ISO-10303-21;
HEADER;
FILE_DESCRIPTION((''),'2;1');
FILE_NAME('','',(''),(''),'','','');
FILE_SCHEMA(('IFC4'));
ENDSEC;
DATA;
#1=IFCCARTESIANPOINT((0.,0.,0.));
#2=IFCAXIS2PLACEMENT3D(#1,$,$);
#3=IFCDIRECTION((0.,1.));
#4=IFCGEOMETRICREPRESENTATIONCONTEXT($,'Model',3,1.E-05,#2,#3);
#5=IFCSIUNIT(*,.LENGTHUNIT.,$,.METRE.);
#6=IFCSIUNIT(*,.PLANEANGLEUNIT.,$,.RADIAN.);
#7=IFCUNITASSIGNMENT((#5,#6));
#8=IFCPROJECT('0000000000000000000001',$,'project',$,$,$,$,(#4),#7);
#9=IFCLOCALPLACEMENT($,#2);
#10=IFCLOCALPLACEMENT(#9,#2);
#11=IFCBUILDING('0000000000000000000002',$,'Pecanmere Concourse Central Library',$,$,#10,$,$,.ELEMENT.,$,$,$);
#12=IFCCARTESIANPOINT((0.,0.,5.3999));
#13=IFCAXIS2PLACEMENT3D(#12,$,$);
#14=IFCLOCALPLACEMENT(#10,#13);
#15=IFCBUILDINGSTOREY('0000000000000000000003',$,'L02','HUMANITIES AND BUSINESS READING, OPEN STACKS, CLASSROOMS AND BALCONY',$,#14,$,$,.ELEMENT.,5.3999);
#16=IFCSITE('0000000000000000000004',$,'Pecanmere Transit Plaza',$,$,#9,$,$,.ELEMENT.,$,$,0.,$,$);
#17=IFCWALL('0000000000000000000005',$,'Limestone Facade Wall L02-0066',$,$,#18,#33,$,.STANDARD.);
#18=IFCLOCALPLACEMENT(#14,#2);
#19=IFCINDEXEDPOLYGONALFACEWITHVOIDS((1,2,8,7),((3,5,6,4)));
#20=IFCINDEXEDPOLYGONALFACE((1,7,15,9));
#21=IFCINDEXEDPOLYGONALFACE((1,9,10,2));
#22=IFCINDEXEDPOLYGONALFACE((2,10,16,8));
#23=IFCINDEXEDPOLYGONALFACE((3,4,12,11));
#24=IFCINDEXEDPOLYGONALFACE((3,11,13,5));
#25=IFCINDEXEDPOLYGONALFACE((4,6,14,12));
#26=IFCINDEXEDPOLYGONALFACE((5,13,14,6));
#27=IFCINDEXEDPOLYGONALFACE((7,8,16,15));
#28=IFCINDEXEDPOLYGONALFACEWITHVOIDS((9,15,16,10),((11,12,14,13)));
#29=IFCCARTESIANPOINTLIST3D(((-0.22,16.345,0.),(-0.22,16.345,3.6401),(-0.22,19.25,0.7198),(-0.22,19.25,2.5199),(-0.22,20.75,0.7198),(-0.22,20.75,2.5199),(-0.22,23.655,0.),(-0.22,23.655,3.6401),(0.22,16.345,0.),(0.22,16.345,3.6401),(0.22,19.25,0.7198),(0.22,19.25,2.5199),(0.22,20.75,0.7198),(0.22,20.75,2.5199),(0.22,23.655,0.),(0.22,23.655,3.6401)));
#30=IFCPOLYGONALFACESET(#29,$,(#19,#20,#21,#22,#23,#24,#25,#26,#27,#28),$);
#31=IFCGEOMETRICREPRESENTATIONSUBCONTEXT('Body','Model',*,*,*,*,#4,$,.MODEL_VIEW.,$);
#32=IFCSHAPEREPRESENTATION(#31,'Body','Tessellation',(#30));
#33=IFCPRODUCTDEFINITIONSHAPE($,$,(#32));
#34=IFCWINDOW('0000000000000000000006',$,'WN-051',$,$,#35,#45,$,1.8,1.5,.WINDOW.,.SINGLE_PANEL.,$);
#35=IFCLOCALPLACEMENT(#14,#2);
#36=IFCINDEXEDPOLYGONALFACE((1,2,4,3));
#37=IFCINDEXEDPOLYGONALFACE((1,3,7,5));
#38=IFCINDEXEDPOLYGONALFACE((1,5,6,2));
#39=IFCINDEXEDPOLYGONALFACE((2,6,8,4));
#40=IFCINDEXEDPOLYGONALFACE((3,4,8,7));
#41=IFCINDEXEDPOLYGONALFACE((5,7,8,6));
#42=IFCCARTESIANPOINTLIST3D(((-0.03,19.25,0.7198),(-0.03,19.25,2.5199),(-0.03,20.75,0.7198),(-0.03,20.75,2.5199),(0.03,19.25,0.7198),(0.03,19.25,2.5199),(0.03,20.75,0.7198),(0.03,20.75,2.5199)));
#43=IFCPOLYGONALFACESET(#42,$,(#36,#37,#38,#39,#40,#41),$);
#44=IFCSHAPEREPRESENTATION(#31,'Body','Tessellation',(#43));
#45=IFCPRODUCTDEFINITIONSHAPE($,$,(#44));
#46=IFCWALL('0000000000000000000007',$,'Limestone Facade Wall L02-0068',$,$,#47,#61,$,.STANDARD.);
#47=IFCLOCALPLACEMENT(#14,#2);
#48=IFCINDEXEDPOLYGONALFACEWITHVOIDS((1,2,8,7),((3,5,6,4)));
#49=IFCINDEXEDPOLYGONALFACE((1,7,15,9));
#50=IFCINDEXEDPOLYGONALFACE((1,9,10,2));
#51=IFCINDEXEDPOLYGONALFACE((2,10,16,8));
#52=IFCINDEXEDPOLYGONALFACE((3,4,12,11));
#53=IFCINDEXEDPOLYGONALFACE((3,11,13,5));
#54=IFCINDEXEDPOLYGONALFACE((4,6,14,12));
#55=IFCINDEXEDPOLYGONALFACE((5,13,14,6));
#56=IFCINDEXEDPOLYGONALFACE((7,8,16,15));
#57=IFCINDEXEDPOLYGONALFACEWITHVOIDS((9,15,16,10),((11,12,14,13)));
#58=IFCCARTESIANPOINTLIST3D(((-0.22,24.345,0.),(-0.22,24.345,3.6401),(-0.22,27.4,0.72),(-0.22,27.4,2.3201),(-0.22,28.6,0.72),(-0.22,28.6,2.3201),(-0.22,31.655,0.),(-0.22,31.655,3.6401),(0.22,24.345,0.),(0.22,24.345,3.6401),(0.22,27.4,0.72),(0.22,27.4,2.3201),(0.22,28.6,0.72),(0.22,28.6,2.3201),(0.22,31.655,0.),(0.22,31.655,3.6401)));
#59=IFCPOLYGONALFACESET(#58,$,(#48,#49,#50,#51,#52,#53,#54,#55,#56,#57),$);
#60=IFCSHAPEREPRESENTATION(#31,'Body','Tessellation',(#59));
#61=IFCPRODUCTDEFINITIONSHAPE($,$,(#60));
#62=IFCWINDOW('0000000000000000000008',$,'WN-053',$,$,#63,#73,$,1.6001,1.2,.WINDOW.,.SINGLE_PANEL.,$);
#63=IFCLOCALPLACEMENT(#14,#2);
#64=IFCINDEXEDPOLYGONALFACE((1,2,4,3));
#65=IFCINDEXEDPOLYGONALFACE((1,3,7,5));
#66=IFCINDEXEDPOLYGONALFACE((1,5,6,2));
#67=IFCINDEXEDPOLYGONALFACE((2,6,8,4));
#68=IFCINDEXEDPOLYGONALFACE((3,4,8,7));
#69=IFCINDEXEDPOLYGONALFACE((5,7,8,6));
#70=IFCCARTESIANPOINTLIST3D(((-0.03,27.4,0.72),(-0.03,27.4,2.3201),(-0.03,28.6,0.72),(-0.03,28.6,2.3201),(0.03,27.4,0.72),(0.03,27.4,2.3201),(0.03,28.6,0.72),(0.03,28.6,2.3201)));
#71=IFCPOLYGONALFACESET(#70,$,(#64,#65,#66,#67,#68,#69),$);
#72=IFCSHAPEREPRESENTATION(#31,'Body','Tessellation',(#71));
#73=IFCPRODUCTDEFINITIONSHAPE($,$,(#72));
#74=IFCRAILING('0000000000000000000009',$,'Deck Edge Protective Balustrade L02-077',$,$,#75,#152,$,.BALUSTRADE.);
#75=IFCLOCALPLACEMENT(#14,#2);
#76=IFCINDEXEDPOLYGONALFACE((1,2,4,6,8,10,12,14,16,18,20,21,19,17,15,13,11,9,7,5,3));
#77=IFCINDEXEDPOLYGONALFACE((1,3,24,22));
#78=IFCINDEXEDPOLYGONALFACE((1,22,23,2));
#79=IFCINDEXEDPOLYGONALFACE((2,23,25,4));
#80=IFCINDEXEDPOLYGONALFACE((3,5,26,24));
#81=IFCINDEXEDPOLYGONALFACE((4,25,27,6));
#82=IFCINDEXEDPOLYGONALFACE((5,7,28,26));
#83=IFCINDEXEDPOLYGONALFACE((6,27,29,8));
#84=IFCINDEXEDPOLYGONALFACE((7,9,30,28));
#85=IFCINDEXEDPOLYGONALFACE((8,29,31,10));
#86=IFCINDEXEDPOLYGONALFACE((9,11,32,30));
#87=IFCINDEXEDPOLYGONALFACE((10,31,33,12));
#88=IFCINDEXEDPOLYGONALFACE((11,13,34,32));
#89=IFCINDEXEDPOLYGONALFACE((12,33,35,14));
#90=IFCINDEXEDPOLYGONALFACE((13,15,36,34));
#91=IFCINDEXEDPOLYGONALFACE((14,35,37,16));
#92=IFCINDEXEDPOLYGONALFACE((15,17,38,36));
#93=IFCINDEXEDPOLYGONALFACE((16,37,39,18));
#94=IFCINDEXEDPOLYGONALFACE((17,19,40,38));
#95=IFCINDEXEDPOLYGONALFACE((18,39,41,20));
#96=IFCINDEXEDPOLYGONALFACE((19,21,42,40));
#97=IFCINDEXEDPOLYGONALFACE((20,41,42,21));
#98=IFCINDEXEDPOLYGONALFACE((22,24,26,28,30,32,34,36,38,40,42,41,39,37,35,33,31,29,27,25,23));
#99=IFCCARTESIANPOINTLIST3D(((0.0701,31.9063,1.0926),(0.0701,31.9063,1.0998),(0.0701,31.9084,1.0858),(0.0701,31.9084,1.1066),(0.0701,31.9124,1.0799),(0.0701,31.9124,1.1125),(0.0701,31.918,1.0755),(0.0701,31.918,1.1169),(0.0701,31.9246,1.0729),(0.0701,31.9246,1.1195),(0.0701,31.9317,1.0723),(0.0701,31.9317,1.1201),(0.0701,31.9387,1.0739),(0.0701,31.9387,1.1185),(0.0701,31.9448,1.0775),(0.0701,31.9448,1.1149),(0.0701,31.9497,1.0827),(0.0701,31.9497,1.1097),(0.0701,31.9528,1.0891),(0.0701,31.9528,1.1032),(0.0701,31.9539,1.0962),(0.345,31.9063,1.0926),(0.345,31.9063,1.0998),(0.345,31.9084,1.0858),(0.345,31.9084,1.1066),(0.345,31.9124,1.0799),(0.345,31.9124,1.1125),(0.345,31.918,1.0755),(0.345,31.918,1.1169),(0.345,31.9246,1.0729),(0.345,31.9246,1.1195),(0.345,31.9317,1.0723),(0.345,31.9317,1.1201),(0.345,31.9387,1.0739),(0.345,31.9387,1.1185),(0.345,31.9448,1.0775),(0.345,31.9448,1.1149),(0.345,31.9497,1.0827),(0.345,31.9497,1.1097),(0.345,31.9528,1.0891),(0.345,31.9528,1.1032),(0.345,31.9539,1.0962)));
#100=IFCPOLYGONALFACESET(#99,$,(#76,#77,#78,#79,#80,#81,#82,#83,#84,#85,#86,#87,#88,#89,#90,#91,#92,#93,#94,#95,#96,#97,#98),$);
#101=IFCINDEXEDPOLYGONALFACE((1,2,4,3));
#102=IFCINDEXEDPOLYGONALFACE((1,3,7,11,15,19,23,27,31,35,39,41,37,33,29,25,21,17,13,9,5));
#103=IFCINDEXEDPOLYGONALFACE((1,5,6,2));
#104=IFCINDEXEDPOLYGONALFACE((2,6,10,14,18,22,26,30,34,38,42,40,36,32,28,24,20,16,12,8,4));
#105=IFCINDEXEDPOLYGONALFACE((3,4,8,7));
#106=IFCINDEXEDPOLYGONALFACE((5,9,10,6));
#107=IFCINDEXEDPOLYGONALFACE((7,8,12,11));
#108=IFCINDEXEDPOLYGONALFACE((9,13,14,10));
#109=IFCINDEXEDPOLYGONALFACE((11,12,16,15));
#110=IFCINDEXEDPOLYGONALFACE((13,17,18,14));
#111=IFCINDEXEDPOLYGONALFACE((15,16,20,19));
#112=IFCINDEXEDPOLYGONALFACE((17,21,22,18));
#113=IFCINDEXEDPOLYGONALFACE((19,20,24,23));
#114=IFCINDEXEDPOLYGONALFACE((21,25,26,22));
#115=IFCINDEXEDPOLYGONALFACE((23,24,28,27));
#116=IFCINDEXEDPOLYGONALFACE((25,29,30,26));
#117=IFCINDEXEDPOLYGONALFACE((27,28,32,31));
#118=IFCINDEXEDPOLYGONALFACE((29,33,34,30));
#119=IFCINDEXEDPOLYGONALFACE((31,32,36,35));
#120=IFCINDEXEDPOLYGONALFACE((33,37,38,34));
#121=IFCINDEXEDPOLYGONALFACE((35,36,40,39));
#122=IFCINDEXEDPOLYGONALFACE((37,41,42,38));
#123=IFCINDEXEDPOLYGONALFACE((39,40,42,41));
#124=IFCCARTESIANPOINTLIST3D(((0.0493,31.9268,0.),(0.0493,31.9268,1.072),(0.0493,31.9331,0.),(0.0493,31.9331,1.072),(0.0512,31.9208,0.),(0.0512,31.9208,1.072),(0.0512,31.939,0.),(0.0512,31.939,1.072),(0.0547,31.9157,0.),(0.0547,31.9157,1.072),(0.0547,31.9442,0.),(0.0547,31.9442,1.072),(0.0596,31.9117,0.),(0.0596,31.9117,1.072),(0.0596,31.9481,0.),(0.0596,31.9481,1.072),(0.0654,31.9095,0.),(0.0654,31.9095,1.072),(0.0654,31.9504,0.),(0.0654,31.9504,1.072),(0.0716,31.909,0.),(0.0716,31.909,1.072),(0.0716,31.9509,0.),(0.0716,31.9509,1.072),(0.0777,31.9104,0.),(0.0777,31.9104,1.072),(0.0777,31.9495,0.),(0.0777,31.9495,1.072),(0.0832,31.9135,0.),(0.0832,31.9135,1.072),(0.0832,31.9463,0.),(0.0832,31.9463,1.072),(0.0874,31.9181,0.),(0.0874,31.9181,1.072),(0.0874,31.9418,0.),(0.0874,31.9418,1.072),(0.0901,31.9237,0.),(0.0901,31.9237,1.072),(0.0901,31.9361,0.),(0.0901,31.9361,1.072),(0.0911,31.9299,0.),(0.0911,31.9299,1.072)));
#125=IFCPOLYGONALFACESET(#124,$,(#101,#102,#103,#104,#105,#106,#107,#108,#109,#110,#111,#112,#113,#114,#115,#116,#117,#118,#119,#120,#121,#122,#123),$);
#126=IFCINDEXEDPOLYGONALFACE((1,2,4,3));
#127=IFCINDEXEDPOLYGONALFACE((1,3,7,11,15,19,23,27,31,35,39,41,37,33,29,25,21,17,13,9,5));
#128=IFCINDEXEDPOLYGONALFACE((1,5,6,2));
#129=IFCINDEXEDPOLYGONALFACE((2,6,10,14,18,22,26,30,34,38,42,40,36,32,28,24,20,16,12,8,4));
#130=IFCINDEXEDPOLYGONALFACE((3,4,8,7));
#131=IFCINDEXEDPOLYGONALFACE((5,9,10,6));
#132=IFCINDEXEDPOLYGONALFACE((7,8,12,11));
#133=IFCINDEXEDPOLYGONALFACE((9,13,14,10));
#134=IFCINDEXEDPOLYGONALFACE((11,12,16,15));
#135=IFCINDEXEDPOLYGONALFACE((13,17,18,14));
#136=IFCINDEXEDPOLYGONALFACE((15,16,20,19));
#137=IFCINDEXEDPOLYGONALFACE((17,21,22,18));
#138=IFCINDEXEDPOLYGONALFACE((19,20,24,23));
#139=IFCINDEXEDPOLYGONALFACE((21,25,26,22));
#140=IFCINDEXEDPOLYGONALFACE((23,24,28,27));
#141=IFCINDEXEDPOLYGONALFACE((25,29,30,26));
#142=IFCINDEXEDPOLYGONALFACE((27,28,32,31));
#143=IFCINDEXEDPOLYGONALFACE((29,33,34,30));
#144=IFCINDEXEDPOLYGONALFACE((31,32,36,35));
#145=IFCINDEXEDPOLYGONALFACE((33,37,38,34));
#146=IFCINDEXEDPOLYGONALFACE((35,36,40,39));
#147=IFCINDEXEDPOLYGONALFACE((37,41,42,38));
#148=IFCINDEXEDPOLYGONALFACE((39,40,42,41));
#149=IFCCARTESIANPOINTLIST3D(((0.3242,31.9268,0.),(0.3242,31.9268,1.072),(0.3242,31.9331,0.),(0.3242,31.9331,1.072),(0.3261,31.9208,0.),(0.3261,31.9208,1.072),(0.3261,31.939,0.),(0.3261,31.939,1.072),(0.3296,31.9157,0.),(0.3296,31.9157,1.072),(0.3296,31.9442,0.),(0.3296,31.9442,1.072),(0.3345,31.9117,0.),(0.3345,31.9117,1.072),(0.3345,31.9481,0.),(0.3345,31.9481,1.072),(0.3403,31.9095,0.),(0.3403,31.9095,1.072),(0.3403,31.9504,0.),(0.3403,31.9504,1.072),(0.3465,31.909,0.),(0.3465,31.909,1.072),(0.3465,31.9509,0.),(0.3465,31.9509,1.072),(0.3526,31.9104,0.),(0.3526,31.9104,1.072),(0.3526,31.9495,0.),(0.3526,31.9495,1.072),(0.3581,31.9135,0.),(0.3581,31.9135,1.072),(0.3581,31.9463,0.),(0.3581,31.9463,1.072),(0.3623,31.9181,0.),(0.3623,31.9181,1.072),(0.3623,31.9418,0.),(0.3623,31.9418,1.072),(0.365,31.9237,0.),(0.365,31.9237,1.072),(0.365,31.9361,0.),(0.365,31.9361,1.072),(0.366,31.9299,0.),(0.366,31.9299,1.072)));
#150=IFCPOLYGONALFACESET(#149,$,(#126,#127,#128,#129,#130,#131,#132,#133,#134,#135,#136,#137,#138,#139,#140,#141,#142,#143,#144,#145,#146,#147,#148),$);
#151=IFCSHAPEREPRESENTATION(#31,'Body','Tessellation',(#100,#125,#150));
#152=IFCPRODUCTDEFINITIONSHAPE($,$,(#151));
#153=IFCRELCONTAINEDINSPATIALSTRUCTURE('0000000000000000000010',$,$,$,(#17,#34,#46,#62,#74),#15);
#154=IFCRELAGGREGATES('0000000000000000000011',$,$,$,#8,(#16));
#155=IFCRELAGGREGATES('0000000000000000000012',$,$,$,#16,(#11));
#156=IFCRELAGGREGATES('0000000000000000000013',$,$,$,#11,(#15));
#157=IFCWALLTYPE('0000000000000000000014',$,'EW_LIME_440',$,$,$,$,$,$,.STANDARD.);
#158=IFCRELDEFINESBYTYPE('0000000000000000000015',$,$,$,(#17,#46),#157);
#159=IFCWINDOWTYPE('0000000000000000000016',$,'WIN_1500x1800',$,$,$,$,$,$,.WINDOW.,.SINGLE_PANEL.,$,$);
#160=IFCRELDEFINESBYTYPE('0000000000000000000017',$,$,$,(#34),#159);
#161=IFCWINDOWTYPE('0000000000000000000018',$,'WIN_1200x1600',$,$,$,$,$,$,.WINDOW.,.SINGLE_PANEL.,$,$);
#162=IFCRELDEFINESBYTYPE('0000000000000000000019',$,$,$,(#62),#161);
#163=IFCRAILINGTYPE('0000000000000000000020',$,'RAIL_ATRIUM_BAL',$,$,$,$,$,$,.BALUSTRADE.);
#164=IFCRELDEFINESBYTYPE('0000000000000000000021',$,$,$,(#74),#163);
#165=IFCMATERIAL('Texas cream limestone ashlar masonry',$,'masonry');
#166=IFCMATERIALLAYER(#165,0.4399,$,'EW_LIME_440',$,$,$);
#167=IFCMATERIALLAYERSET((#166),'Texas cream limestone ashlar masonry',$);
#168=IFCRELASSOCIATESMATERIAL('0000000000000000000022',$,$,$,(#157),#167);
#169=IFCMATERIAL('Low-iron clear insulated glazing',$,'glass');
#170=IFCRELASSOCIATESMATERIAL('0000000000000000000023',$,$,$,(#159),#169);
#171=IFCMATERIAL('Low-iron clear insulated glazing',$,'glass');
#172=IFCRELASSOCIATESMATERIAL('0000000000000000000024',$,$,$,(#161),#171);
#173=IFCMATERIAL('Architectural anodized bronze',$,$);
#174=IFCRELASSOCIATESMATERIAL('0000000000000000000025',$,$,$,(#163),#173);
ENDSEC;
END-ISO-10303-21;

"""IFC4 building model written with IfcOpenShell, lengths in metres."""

from ifc_helpers import new_model, si_unit, direction, frame, frame_2d, origin, origin_2d, place, context, subcontext, project, spatial, rectangle, circle, extrude, material, layer, layer_set, type_object, element, fill, save


model = new_model("IFC4")

# Units and contexts
model_context = context("Model", 3, precision=1e-05, world=origin(), true_north=direction((0.0, 1.0)))
body_context = subcontext(model_context, "Body", "Model", "MODEL_VIEW")
ifc_project = project(units=[si_unit("LENGTHUNIT", "METRE"), si_unit("PLANEANGLEUNIT", "RADIAN")], contexts=[model_context])

# Site, building, storey
site_placement = place(None, origin())
site = spatial("IfcSite", under=ifc_project, at=site_placement, Name="Pecanmere Transit Plaza", CompositionType="ELEMENT", RefElevation=0.0)
building_placement = place(site_placement, origin())
building = spatial("IfcBuilding", under=site, at=building_placement, Name="Pecanmere Concourse Central Library", CompositionType="ELEMENT")
storey_placement = place(building_placement, frame((0.0, 0.0, 5.3999)))
storey = spatial("IfcBuildingStorey", under=building, at=storey_placement, Name="L02", Description="HUMANITIES AND BUSINESS READING, OPEN STACKS, CLASSROOMS AND BALCONY", CompositionType="ELEMENT", Elevation=5.3999)

# Walls, openings, windows
ifc_material_1 = material(Name="Texas cream limestone ashlar masonry", Category="masonry")
ifc_layer = layer(ifc_material_1, 0.4399, Name="EW_LIME_440")
ifc_layer_set = layer_set([ifc_layer], Name="Texas cream limestone ashlar masonry")
wall_type = type_object("IfcWallType", Name="EW_LIME_440", PredefinedType="STANDARD", material=ifc_layer_set)
wall_1_placement = place(storey_placement, frame((0.0, 23.655, 0.0), z_axis=(0.0, 0.0, 1.0), x_axis=(0.0, -1.0, 0.0)))
wall_1 = element("IfcWall", 1, at=wall_1_placement, inside=storey, type_object=wall_type, Name="Limestone Facade Wall L02-0066", PredefinedType="STANDARD", context=body_context, shape_type="SweptSolid", body=[
    extrude(rectangle(XDim=7.3101, YDim=0.4399, at=frame_2d((3.655, 0.0))), origin(), (0.0, 0.0, 1.0), 3.6401),
])
opening_1_placement = place(wall_1_placement, frame((2.905, 0.0, 0.72)))
opening_1 = element("IfcOpeningElement", 2, at=opening_1_placement, cuts=wall_1, PredefinedType="OPENING", context=body_context, shape_type="SweptSolid", body=[
    extrude(rectangle(XDim=1.5, YDim=1.8, at=frame_2d((0.75, 0.8999))), frame((0.0, 0.2319, 0.0), z_axis=(0.0, -1.0, 0.0), x_axis=(1.0, 0.0, 0.0)), (0.0, 0.0, 1.0), 0.4639),
])
ifc_material_2 = material(Name="Low-iron clear insulated glazing", Category="glass")
window_type_1 = type_object("IfcWindowType", Name="WIN_1500x1800", PartitioningType="SINGLE_PANEL", PredefinedType="WINDOW", material=ifc_material_2)
window_1_placement = place(opening_1_placement, origin())
window_1 = element("IfcWindow", 3, at=window_1_placement, inside=storey, type_object=window_type_1, Name="WN-051", OverallHeight=1.8, OverallWidth=1.5, PartitioningType="SINGLE_PANEL", PredefinedType="WINDOW", context=body_context, shape_type="SweptSolid", body=[
    extrude(rectangle(XDim=1.5, YDim=1.8, at=frame_2d((0.75, 0.8999))), frame((0.0, 0.03, 0.0), z_axis=(0.0, -1.0, 0.0), x_axis=(1.0, 0.0, 0.0)), (0.0, 0.0, 1.0), 0.0601),
])
fill(opening_1, window_1)
wall_2_placement = place(storey_placement, frame((0.0, 31.655, 0.0), z_axis=(0.0, 0.0, 1.0), x_axis=(0.0, -1.0, 0.0)))
wall_2 = element("IfcWall", 4, at=wall_2_placement, inside=storey, type_object=wall_type, Name="Limestone Facade Wall L02-0068", PredefinedType="STANDARD", context=body_context, shape_type="SweptSolid", body=[
    extrude(rectangle(XDim=7.3101, YDim=0.4399, at=frame_2d((3.655, 0.0))), origin(), (0.0, 0.0, 1.0), 3.6401),
])
opening_2_placement = place(wall_2_placement, frame((3.0549, 0.0, 0.72)))
opening_2 = element("IfcOpeningElement", 5, at=opening_2_placement, cuts=wall_2, PredefinedType="OPENING", context=body_context, shape_type="SweptSolid", body=[
    extrude(rectangle(XDim=1.2, YDim=1.6001, at=frame_2d((0.6001, 0.8))), frame((0.0, 0.2319, 0.0), z_axis=(0.0, -1.0, 0.0), x_axis=(1.0, 0.0, 0.0)), (0.0, 0.0, 1.0), 0.4639),
])
ifc_material_3 = material(Name="Low-iron clear insulated glazing", Category="glass")
window_type_2 = type_object("IfcWindowType", Name="WIN_1200x1600", PartitioningType="SINGLE_PANEL", PredefinedType="WINDOW", material=ifc_material_3)
window_2_placement = place(opening_2_placement, origin())
window_2 = element("IfcWindow", 6, at=window_2_placement, inside=storey, type_object=window_type_2, Name="WN-053", OverallHeight=1.6001, OverallWidth=1.2, PartitioningType="SINGLE_PANEL", PredefinedType="WINDOW", context=body_context, shape_type="SweptSolid", body=[
    extrude(rectangle(XDim=1.2, YDim=1.6001, at=frame_2d((0.6001, 0.8))), frame((0.0, 0.03, 0.0), z_axis=(0.0, -1.0, 0.0), x_axis=(1.0, 0.0, 0.0)), (0.0, 0.0, 1.0), 0.0601),
])
fill(opening_2, window_2)

# Railing
ifc_material_4 = material(Name="Architectural anodized bronze")
railing_type = type_object("IfcRailingType", Name="RAIL_ATRIUM_BAL", PredefinedType="BALUSTRADE", material=ifc_material_4)
railing_1_placement = place(storey_placement, frame((0.0701, 31.9299, 0.0)))
element("IfcRailing", 7, at=railing_1_placement, inside=storey, type_object=railing_type, Name="Deck Edge Protective Balustrade L02-077", PredefinedType="BALUSTRADE", context=body_context, shape_type="SweptSolid", body=[
    extrude(circle(Radius=0.0239, at=origin_2d()), frame((0.0, 0.0, 1.0962), z_axis=(1.0, 0.0, 0.0), x_axis=(0.0, 1.0, 0.0)), (0.0, 0.0, 1.0), 0.2749),
    extrude(circle(Radius=0.021, at=origin_2d()), origin(), (0.0, 0.0, 1.0), 1.072),
    extrude(circle(Radius=0.021, at=origin_2d()), frame((0.2749, 0.0, 0.0)), (0.0, 0.0, 1.0), 1.072),
])

save(model, "model.ifc")
